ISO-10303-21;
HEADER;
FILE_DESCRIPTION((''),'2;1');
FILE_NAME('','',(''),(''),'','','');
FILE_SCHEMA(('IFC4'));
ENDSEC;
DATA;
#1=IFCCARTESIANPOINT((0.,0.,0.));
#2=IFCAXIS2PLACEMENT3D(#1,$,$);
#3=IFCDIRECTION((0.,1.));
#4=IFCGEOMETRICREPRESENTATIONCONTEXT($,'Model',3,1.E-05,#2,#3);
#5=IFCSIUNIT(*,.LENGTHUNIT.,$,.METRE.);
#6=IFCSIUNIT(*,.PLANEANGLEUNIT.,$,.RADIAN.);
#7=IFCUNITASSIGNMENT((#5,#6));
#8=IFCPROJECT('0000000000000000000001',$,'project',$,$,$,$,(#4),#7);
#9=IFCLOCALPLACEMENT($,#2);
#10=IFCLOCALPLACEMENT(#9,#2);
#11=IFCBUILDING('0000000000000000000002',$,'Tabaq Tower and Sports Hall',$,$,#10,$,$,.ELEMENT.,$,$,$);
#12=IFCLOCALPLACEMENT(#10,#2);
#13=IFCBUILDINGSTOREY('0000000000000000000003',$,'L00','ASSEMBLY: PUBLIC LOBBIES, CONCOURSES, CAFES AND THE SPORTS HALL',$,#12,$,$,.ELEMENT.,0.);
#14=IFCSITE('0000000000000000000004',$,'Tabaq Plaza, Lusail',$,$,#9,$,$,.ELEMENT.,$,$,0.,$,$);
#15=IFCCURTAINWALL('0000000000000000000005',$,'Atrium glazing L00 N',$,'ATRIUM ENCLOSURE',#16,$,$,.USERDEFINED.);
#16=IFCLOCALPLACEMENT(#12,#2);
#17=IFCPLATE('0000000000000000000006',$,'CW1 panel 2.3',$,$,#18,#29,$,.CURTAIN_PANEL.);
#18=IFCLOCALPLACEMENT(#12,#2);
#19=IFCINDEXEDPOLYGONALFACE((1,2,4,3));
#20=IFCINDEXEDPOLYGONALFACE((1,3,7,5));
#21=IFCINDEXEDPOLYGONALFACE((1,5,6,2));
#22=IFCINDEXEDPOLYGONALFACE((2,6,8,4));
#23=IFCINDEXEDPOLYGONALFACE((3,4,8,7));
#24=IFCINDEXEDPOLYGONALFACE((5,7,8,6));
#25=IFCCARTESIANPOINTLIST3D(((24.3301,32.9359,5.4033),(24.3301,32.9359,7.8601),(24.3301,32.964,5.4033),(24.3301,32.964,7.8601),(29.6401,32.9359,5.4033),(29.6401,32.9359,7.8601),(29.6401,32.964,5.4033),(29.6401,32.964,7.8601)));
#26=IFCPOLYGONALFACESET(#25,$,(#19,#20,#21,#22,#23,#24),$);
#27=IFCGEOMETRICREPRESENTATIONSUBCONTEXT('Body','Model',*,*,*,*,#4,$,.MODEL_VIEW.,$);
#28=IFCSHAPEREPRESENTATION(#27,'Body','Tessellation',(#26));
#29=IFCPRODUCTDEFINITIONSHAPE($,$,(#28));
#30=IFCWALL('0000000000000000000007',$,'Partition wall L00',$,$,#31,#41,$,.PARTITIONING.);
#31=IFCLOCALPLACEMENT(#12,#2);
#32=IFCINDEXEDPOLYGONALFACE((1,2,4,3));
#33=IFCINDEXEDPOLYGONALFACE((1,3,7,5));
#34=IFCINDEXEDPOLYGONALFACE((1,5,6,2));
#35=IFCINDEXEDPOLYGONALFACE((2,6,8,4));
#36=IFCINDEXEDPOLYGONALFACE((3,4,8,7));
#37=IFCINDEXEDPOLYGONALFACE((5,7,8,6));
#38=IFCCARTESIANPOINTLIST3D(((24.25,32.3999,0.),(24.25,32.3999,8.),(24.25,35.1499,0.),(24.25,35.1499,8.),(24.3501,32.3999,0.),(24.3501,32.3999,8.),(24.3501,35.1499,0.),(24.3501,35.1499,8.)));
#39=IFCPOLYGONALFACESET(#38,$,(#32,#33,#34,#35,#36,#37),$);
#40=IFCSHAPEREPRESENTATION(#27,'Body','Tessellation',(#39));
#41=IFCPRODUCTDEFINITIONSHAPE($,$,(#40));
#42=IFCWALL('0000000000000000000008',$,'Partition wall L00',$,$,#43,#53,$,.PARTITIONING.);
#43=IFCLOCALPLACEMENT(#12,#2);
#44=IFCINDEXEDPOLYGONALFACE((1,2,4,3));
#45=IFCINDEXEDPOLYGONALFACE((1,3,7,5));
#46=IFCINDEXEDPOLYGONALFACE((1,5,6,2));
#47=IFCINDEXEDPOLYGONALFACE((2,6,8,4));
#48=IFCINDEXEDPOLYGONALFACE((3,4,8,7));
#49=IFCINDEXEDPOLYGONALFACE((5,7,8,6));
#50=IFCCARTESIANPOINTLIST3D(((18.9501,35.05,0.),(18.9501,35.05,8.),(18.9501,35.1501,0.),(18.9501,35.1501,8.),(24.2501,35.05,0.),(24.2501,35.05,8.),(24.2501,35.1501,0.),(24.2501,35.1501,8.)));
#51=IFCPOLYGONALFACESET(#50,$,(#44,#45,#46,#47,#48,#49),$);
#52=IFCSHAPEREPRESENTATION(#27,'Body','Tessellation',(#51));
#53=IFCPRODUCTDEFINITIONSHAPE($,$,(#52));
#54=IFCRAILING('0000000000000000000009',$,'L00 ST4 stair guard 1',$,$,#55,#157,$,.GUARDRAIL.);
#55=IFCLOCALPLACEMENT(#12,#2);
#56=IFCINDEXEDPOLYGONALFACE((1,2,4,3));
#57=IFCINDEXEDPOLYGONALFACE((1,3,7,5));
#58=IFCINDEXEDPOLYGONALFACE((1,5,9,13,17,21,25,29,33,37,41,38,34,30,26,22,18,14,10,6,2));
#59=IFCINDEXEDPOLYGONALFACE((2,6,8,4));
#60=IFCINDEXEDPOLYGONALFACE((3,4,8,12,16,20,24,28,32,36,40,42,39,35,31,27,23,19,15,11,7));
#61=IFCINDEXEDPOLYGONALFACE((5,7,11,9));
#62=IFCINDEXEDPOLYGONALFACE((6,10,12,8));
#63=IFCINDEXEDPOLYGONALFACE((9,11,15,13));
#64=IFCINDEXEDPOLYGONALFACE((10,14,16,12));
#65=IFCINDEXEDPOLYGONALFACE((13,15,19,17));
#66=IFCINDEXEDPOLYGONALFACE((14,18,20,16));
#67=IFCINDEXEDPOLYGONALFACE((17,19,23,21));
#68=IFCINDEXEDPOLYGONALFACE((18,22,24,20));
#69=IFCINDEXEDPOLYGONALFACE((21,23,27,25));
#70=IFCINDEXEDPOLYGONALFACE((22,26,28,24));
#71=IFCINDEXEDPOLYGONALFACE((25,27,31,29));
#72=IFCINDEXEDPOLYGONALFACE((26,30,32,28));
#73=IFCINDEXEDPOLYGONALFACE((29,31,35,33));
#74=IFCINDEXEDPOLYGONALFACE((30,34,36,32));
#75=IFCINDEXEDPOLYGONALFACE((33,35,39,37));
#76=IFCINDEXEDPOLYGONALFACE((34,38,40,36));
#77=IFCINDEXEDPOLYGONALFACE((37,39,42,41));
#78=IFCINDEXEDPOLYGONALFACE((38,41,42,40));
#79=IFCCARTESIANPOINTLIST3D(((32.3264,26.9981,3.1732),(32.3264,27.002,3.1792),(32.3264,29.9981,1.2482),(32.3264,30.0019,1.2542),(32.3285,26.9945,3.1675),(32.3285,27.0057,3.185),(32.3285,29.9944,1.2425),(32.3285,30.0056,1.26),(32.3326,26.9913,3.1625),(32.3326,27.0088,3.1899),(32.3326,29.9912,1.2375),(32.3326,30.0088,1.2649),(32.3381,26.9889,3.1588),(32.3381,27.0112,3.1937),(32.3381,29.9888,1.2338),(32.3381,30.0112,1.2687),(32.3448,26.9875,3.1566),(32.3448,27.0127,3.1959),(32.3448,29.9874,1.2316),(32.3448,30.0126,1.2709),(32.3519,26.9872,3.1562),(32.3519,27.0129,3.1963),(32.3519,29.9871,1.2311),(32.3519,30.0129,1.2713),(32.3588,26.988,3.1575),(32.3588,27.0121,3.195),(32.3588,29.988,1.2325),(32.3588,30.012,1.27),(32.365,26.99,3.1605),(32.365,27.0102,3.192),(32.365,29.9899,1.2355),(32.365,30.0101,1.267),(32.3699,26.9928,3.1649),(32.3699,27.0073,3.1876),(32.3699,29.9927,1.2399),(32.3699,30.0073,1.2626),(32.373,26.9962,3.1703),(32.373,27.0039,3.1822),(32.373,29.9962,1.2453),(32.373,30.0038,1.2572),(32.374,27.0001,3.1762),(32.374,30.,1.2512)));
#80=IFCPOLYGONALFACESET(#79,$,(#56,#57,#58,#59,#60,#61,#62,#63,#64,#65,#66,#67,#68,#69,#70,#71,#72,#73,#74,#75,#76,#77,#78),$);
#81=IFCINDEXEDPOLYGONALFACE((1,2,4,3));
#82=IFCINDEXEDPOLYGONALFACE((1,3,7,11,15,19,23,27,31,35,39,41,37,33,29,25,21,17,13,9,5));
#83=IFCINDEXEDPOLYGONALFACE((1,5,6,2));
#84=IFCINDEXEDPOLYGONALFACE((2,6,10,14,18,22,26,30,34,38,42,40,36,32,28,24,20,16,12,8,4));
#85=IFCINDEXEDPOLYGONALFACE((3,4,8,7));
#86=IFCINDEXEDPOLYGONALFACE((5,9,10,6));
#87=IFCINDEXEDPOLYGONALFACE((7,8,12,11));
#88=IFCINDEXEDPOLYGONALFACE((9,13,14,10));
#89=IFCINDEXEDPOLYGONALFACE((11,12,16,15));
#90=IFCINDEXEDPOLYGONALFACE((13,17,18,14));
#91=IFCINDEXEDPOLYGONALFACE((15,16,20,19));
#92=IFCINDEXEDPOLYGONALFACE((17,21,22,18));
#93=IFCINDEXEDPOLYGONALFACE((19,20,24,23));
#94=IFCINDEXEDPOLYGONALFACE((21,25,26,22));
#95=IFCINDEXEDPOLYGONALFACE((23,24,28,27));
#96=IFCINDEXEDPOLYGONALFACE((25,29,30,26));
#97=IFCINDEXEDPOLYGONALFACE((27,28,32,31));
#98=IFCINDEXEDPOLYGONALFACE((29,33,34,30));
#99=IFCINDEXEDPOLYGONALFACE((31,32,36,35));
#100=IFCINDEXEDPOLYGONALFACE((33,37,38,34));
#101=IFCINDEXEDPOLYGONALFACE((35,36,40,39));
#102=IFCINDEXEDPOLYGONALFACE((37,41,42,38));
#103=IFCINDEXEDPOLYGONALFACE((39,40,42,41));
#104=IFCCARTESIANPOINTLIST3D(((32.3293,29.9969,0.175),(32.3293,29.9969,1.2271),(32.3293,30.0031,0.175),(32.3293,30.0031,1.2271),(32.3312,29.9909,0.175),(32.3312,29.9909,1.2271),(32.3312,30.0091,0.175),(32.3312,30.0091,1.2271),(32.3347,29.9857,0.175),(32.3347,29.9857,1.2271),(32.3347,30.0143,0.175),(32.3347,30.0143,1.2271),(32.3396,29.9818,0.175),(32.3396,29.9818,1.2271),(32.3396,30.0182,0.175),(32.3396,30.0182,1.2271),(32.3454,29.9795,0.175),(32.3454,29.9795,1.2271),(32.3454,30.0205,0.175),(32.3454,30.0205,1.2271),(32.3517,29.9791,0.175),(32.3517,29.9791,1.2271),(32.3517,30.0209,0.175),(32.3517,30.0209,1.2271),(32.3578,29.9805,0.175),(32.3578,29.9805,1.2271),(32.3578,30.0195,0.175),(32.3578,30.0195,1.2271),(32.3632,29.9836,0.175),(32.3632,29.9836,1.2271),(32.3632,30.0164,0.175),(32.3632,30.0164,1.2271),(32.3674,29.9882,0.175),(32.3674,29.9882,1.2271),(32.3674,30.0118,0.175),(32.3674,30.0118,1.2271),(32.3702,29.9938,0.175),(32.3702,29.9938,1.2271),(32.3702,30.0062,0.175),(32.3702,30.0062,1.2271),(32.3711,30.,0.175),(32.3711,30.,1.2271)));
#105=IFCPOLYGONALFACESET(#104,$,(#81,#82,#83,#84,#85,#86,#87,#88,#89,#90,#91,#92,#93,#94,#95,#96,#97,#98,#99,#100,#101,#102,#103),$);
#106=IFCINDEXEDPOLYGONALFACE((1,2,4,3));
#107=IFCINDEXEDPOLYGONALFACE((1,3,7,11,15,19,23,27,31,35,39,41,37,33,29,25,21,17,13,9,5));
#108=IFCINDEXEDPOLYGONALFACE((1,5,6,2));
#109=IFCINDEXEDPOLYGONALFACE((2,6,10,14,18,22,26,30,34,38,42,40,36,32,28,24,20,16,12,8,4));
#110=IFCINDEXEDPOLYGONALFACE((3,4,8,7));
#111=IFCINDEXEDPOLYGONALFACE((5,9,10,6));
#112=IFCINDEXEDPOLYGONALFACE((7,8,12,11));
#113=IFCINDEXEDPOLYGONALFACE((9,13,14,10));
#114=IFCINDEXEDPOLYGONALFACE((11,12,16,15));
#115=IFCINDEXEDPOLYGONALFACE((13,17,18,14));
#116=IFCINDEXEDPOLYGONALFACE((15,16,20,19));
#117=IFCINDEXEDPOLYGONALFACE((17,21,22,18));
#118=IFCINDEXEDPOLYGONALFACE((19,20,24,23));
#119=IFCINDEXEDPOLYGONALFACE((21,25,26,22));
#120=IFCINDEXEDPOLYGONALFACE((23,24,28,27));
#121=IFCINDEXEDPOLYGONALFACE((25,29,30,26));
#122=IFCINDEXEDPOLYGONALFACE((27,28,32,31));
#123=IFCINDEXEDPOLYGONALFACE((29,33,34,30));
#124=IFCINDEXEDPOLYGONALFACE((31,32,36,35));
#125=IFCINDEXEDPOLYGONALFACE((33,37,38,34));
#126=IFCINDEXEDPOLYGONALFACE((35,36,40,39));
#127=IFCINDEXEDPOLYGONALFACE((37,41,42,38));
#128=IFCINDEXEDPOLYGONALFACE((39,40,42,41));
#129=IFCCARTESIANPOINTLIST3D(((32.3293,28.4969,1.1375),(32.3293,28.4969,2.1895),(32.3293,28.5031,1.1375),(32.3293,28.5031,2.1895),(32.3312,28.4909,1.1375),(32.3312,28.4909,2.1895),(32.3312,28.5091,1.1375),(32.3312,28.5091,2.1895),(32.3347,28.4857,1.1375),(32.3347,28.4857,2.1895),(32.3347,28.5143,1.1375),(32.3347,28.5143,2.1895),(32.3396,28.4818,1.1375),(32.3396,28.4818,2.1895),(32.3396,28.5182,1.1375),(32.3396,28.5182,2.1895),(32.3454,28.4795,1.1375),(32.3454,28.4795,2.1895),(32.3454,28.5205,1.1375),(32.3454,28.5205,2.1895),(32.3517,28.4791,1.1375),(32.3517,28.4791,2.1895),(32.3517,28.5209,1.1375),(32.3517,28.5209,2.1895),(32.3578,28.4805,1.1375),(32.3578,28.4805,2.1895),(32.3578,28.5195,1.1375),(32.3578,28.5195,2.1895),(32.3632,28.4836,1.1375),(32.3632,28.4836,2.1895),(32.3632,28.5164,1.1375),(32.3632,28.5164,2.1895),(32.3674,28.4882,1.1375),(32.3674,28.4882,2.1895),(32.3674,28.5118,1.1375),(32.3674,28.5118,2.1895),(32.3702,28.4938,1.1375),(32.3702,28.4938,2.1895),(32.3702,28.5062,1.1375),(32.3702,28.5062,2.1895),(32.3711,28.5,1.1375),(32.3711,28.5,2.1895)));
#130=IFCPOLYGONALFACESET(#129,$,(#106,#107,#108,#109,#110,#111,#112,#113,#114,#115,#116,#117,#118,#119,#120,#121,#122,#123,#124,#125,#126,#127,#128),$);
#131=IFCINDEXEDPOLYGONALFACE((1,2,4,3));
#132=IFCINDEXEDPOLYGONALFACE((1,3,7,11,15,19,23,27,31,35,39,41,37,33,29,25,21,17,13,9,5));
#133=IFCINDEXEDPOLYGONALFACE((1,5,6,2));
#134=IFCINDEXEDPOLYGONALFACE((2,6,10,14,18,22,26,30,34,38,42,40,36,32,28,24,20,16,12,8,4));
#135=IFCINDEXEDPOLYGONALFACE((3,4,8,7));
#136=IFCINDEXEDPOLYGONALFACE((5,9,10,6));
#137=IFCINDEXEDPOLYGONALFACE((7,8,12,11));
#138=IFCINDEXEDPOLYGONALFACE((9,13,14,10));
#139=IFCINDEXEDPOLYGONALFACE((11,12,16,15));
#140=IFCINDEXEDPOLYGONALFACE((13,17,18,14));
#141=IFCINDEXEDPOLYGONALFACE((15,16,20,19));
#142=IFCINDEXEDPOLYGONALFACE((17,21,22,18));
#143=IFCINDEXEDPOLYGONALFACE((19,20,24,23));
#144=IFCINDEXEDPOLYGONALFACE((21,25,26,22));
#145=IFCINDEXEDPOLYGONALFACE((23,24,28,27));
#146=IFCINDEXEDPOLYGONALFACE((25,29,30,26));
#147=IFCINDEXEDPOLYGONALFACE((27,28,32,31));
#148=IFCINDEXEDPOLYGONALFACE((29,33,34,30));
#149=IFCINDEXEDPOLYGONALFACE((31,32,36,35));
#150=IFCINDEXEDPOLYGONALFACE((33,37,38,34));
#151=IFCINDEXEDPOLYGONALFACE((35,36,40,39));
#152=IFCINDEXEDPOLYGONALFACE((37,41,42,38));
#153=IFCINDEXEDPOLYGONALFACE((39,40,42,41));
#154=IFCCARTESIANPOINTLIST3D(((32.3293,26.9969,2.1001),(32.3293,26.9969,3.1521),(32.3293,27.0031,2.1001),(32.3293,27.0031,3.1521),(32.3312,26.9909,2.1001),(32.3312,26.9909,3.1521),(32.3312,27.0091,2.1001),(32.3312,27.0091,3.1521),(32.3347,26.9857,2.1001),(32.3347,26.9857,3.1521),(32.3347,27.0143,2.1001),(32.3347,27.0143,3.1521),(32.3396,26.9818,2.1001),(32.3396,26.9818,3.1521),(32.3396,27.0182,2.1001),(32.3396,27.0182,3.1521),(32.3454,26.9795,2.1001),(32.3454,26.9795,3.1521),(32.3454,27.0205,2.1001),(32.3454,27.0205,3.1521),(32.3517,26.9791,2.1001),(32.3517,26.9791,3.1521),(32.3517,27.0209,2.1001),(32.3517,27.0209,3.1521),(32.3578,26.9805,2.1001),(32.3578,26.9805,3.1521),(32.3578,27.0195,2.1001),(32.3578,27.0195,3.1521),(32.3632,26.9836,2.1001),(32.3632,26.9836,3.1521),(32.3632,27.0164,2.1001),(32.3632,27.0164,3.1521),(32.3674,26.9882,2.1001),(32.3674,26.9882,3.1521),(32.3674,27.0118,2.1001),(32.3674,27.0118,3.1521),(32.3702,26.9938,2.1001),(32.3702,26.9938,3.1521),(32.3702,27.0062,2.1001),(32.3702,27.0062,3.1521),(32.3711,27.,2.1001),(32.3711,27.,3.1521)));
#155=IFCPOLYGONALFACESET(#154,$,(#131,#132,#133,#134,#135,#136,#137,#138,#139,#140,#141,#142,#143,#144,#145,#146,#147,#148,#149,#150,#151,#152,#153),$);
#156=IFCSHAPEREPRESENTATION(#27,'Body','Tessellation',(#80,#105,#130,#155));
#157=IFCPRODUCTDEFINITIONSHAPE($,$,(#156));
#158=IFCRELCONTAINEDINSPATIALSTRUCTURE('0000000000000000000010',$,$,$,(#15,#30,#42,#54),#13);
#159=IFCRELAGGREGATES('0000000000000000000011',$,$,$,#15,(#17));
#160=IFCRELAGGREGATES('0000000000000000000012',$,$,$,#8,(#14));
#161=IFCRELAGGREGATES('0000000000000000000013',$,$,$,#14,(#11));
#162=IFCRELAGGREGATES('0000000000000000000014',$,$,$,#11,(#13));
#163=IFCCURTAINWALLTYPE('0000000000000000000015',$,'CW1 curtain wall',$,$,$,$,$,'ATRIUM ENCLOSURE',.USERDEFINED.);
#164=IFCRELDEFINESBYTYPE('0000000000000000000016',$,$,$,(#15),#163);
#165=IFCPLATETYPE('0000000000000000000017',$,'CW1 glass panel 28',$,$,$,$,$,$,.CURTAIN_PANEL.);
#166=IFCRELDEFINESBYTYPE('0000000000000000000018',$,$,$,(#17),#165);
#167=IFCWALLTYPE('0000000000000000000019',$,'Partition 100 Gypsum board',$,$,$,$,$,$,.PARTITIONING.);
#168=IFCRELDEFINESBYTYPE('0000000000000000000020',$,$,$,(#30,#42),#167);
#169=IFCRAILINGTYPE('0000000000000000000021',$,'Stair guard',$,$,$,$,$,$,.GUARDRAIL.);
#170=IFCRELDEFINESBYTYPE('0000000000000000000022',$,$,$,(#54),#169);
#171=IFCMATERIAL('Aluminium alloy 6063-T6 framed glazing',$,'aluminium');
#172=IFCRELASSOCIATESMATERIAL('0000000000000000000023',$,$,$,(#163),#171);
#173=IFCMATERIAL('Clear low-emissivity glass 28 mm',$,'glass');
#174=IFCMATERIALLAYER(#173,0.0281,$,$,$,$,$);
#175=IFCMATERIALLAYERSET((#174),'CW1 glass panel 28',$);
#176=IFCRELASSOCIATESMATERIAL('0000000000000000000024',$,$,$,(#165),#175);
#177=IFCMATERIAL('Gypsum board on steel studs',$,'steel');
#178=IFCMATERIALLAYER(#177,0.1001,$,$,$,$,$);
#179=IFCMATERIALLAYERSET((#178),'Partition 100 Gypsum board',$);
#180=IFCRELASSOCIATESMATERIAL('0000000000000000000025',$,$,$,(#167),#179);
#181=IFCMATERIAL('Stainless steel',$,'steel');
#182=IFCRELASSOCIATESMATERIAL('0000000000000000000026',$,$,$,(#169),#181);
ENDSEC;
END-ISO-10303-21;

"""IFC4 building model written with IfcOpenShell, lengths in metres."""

from ifc_helpers import new_model, si_unit, direction, frame, frame_2d, origin, origin_2d, place, context, subcontext, project, spatial, rectangle, circle, extrude, material, layer, layer_set, type_object, element, aggregate, save


model = new_model("IFC4")

# Units and contexts
model_context = context("Model", 3, precision=1e-05, world=origin(), true_north=direction((0.0, 1.0)))
body_context = subcontext(model_context, "Body", "Model", "MODEL_VIEW")
ifc_project = project(units=[si_unit("LENGTHUNIT", "METRE"), si_unit("PLANEANGLEUNIT", "RADIAN")], contexts=[model_context])

# Site, building, storey
site_placement = place(None, origin())
site = spatial("IfcSite", under=ifc_project, at=site_placement, Name="Tabaq Plaza, Lusail", CompositionType="ELEMENT", RefElevation=0.0)
building_placement = place(site_placement, origin())
building = spatial("IfcBuilding", under=site, at=building_placement, Name="Tabaq Tower and Sports Hall", CompositionType="ELEMENT")
storey_placement = place(building_placement, origin())
storey = spatial("IfcBuildingStorey", under=building, at=storey_placement, Name="L00", Description="ASSEMBLY: PUBLIC LOBBIES, CONCOURSES, CAFES AND THE SPORTS HALL", CompositionType="ELEMENT", Elevation=0.0)

# Curtain wall
ifc_material_1 = material(Name="Aluminium alloy 6063-T6 framed glazing", Category="aluminium")
curtain_wall_type = type_object("IfcCurtainWallType", Name="CW1 curtain wall", ElementType="ATRIUM ENCLOSURE", PredefinedType="USERDEFINED", material=ifc_material_1)
curtain_wall_placement = place(storey_placement, origin())
curtain_wall = element("IfcCurtainWall", 1, at=curtain_wall_placement, inside=storey, type_object=curtain_wall_type, Name="Atrium glazing L00 N", ObjectType="ATRIUM ENCLOSURE", PredefinedType="USERDEFINED")

# Plate
ifc_material_2 = material(Name="Clear low-emissivity glass 28 mm", Category="glass")
ifc_layer_1 = layer(ifc_material_2, 0.0281)
ifc_layer_set_1 = layer_set([ifc_layer_1], Name="CW1 glass panel 28")
plate_type = type_object("IfcPlateType", Name="CW1 glass panel 28", PredefinedType="CURTAIN_PANEL", material=ifc_layer_set_1)
plate_1_placement = place(storey_placement, frame((26.9851, 32.95, 5.4033), z_axis=(0.0, 0.0, 1.0), x_axis=(1.0, 0.0, 0.0)))
plate_1 = element("IfcPlate", 2, at=plate_1_placement, type_object=plate_type, Name="CW1 panel 2.3", PredefinedType="CURTAIN_PANEL", context=body_context, shape_type="SweptSolid", body=[
    extrude(rectangle(XDim=5.3101, YDim=0.0281, at=origin_2d()), origin(), (0.0, 0.0, 1.0), 2.4568),
])
aggregate(curtain_wall, [plate_1])

# Walls
ifc_material_3 = material(Name="Gypsum board on steel studs", Category="steel")
ifc_layer_2 = layer(ifc_material_3, 0.1001)
ifc_layer_set_2 = layer_set([ifc_layer_2], Name="Partition 100 Gypsum board")
wall_type_1 = type_object("IfcWallType", Name="Partition 100 Gypsum board", PredefinedType="PARTITIONING", material=ifc_layer_set_2)
wall_1_placement = place(storey_placement, frame((24.3, 32.3999, 0.0), z_axis=(0.0, 0.0, 1.0), x_axis=(0.0, 1.0, 0.0)))
element("IfcWall", 3, at=wall_1_placement, inside=storey, type_object=wall_type_1, Name="Partition wall L00", PredefinedType="PARTITIONING", context=body_context, shape_type="SweptSolid", body=[
    extrude(rectangle(XDim=2.75, YDim=0.1001, at=frame_2d((1.375, 0.0))), origin(), (0.0, 0.0, 1.0), 8.0),
])
wall_2_placement = place(storey_placement, frame((24.25, 35.1001, 0.0), z_axis=(0.0, 0.0, 1.0), x_axis=(-1.0, 0.0, 0.0)))
element("IfcWall", 4, at=wall_2_placement, inside=storey, type_object=wall_type_1, Name="Partition wall L00", PredefinedType="PARTITIONING", context=body_context, shape_type="SweptSolid", body=[
    extrude(rectangle(XDim=5.3, YDim=0.1001, at=frame_2d((2.6499, 0.0))), origin(), (0.0, 0.0, 1.0), 8.0),
])

# Railing
ifc_material_4 = material(Name="Stainless steel", Category="steel")
railing_type = type_object("IfcRailingType", Name="Stair guard", PredefinedType="GUARDRAIL", material=ifc_material_4)
railing_1_placement = place(storey_placement, frame((32.3501, 30.0, 0.175)))
element("IfcRailing", 5, at=railing_1_placement, inside=storey, type_object=railing_type, Name="L00 ST4 stair guard 1", PredefinedType="GUARDRAIL", context=body_context, shape_type="SweptSolid", body=[
    extrude(circle(Radius=0.0239, at=origin_2d()), frame((0.0, 0.0, 1.0762), z_axis=(0.0, -0.841628, 0.540058), x_axis=(1.0, 0.0, 0.0)), (0.0, 0.0, 1.0), 3.5645),
    extrude(circle(Radius=0.021, at=origin_2d()), origin(), (0.0, 0.0, 1.0), 1.052),
    extrude(circle(Radius=0.021, at=origin_2d()), frame((0.0, -1.5, 0.9624)), (0.0, 0.0, 1.0), 1.052),
    extrude(circle(Radius=0.021, at=origin_2d()), frame((0.0, -3.0, 1.925)), (0.0, 0.0, 1.0), 1.052),
])

save(model, "model.ifc")
